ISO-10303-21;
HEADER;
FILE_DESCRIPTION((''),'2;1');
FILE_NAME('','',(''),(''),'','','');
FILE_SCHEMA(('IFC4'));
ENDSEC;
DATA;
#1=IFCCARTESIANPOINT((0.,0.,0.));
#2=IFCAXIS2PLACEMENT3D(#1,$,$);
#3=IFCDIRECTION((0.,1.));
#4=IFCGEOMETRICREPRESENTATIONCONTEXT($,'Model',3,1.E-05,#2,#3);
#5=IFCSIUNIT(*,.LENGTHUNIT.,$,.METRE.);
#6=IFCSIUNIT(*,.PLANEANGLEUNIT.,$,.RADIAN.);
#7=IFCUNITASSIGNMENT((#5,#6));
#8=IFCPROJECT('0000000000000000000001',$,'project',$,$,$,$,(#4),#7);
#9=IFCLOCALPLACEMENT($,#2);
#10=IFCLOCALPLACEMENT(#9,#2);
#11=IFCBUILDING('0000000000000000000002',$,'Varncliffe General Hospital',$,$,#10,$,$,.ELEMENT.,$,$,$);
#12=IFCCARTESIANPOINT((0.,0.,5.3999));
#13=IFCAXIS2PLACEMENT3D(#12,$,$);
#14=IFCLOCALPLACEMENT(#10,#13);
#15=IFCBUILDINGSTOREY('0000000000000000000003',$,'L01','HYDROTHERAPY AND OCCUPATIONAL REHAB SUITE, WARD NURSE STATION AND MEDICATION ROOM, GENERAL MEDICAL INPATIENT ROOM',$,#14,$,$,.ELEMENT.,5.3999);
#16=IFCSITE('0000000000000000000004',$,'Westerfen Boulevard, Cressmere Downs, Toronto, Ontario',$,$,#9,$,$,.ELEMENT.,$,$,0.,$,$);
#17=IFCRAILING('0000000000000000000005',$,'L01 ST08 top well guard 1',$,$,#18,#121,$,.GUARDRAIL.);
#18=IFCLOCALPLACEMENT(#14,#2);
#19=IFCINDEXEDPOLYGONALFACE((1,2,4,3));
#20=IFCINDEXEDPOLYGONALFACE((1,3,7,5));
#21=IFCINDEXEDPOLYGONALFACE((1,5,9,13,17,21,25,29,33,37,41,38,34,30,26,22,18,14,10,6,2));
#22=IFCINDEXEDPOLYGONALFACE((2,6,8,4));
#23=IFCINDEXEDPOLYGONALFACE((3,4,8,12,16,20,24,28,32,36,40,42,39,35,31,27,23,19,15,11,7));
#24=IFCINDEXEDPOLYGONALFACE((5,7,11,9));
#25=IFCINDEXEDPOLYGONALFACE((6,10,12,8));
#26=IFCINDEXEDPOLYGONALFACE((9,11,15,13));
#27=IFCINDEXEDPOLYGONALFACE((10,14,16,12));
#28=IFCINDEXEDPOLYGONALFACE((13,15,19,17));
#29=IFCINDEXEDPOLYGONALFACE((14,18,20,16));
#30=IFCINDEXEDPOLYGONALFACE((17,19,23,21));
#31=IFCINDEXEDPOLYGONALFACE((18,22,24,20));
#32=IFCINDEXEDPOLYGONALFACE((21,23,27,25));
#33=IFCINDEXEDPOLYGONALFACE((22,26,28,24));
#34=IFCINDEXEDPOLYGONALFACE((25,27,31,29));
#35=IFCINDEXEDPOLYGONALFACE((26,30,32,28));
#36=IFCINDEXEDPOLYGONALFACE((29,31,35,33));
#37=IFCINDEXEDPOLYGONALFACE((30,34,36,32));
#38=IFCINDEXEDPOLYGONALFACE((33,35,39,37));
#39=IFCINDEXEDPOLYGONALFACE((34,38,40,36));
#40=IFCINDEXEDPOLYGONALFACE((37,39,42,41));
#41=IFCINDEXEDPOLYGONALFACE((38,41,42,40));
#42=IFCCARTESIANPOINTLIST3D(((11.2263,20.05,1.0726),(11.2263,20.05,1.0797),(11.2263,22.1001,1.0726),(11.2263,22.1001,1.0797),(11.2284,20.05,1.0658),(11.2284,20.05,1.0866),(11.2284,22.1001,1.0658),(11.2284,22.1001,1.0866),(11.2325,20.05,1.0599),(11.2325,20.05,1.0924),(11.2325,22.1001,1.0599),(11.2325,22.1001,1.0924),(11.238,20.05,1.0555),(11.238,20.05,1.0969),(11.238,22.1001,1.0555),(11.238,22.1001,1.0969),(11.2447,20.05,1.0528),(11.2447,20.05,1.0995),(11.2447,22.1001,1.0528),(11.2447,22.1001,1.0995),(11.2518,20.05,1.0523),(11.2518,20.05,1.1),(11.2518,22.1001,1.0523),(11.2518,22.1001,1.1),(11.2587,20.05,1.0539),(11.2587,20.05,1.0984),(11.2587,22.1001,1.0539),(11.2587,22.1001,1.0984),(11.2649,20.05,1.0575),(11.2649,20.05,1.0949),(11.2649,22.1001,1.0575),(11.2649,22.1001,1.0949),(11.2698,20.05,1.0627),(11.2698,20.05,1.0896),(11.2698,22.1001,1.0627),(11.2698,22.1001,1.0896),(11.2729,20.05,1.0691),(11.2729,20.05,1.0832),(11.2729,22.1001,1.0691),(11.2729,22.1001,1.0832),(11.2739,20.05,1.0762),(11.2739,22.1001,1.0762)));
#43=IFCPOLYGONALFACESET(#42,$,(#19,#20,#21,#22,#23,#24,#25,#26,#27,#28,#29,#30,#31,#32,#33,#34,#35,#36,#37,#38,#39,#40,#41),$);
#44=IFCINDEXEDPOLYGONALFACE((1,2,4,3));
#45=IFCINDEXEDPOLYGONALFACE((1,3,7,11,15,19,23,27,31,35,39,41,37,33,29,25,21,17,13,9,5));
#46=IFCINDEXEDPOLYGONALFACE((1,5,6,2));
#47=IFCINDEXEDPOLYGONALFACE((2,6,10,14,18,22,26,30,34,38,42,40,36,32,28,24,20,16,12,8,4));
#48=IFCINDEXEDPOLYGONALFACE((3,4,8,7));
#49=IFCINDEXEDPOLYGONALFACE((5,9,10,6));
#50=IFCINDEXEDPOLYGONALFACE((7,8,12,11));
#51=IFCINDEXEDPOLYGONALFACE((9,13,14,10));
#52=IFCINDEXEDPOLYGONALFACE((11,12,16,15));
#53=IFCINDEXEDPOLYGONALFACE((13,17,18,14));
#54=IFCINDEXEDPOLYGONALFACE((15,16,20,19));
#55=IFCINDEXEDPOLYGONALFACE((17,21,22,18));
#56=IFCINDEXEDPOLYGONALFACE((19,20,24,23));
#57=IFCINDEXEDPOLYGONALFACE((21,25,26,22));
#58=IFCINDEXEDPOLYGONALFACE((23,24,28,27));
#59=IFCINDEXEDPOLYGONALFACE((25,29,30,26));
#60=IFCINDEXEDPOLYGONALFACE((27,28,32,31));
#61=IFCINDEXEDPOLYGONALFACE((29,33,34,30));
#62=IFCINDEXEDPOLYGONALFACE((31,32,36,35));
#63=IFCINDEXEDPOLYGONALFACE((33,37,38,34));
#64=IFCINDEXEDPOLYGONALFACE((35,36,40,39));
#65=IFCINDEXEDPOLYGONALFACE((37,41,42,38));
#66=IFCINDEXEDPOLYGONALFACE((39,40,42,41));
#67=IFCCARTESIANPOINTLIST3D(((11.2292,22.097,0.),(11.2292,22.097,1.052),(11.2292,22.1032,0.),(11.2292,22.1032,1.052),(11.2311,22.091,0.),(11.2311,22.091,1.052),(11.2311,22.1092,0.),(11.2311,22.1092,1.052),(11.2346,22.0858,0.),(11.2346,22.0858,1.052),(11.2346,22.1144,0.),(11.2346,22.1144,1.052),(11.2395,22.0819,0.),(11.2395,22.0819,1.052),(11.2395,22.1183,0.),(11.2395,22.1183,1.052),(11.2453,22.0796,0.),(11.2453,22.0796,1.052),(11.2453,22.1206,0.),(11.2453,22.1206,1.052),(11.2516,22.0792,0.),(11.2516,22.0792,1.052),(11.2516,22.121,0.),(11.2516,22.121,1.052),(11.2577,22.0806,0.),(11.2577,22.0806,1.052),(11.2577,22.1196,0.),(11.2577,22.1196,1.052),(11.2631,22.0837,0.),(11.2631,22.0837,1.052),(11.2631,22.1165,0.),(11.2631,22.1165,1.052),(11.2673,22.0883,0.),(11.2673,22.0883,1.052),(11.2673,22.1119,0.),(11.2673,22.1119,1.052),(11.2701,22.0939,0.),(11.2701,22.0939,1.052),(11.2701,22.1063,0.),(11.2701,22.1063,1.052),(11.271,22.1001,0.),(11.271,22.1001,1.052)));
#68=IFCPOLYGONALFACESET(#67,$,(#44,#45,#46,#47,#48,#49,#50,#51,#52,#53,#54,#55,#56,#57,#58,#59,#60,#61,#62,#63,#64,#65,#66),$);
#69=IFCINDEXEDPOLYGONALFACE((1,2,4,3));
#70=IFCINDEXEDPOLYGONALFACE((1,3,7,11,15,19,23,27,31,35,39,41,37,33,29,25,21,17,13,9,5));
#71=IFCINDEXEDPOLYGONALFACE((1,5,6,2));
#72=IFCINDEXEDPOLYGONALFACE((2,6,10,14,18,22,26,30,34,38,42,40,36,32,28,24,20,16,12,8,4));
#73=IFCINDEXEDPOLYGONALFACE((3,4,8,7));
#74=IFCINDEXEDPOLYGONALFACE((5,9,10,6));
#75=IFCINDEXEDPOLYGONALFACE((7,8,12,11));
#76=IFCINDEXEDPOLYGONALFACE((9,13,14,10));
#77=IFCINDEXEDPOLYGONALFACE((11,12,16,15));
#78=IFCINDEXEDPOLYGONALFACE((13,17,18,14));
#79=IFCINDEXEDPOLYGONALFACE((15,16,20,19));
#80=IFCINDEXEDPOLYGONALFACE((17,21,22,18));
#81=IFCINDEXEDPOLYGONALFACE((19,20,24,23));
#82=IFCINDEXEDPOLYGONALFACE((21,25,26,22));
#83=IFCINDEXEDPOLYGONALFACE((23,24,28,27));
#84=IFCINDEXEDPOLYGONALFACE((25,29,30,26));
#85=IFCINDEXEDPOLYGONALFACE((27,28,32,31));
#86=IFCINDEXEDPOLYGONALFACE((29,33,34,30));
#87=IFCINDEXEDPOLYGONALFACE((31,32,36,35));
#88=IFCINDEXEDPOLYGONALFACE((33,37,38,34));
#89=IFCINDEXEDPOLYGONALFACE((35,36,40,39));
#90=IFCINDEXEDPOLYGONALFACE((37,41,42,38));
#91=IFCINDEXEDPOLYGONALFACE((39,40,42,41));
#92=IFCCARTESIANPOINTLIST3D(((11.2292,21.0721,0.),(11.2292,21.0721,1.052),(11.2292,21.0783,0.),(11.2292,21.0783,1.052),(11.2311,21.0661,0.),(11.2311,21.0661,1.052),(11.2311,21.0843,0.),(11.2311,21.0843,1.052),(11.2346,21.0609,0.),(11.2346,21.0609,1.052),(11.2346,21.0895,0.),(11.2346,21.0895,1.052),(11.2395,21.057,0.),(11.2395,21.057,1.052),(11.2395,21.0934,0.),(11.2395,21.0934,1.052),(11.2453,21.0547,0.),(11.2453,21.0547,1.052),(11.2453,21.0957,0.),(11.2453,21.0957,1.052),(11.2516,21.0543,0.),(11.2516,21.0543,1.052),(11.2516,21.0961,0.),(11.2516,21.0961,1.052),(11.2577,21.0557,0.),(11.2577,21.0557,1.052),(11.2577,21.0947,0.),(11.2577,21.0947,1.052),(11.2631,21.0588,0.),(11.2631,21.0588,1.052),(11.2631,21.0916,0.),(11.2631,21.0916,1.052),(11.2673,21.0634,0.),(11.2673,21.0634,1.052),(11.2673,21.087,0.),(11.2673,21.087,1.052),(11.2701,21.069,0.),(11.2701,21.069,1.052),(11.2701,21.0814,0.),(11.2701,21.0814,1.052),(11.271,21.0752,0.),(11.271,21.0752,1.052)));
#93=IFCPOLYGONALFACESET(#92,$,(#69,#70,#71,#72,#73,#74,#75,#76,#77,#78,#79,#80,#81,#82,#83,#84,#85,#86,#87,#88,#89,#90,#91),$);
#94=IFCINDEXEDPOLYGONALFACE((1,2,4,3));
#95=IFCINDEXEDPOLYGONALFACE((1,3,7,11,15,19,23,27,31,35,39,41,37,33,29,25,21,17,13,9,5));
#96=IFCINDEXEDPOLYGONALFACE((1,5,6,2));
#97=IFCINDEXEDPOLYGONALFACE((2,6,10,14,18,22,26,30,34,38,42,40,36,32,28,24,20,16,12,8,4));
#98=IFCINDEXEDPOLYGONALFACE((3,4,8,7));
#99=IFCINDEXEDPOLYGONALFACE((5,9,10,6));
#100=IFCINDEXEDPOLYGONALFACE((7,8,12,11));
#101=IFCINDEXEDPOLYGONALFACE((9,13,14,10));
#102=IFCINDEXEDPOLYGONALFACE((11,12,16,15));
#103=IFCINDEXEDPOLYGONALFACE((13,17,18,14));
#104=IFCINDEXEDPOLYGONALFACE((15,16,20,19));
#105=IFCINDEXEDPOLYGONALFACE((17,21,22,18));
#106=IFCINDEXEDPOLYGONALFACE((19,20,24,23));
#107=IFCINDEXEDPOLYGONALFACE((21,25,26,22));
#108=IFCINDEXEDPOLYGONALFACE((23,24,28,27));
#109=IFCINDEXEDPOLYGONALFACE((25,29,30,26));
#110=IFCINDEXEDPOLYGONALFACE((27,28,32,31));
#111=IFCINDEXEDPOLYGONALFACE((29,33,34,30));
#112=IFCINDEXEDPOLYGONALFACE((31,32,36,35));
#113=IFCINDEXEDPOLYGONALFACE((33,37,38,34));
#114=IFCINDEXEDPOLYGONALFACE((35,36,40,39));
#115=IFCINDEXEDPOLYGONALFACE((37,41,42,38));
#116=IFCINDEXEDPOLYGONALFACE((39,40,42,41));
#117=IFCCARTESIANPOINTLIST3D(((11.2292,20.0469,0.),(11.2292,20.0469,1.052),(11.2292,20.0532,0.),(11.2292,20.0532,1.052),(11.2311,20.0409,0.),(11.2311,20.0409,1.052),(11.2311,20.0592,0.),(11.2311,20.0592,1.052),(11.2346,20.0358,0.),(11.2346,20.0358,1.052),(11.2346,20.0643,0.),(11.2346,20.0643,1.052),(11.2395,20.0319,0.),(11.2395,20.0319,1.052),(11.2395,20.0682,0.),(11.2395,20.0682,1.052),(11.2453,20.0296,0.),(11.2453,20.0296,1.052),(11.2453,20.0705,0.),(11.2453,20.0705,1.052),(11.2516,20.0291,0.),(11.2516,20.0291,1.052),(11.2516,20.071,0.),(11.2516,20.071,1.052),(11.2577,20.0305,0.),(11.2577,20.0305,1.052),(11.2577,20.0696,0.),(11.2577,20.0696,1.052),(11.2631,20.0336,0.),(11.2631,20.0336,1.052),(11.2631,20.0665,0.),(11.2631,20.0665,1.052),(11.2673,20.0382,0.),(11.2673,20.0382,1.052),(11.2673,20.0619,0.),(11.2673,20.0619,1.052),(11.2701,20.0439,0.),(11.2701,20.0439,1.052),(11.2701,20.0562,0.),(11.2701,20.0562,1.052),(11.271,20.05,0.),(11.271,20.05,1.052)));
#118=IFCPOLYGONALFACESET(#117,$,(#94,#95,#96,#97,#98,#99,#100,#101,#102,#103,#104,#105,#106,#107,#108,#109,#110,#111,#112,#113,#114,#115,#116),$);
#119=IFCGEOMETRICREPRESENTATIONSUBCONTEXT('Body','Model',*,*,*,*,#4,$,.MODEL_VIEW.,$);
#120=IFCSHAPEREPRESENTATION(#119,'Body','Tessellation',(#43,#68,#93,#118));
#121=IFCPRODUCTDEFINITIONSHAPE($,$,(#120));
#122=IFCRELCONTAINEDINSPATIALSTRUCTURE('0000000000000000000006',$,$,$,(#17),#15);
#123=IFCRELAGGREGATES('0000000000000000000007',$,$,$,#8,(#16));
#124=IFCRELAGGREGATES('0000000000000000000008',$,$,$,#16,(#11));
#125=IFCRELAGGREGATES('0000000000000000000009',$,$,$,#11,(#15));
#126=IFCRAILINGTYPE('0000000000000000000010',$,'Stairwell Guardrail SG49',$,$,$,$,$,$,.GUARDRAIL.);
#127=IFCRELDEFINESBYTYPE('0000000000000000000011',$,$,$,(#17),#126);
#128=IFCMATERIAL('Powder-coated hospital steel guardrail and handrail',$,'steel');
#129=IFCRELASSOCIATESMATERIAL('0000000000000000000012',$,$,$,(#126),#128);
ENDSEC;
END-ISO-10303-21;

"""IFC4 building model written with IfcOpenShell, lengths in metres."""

from ifc_helpers import new_model, si_unit, direction, frame, origin, origin_2d, place, context, subcontext, project, spatial, circle, extrude, material, type_object, element, save


model = new_model("IFC4")

# Units and contexts
model_context = context("Model", 3, precision=1e-05, world=origin(), true_north=direction((0.0, 1.0)))
body_context = subcontext(model_context, "Body", "Model", "MODEL_VIEW")
ifc_project = project(units=[si_unit("LENGTHUNIT", "METRE"), si_unit("PLANEANGLEUNIT", "RADIAN")], contexts=[model_context])

# Site, building, storey
site_placement = place(None, origin())
site = spatial("IfcSite", under=ifc_project, at=site_placement, Name="Westerfen Boulevard, Cressmere Downs, Toronto, Ontario", CompositionType="ELEMENT", RefElevation=0.0)
building_placement = place(site_placement, origin())
building = spatial("IfcBuilding", under=site, at=building_placement, Name="Varncliffe General Hospital", CompositionType="ELEMENT")
storey_placement = place(building_placement, frame((0.0, 0.0, 5.3999)))
storey = spatial("IfcBuildingStorey", under=building, at=storey_placement, Name="L01", Description="HYDROTHERAPY AND OCCUPATIONAL REHAB SUITE, WARD NURSE STATION AND MEDICATION ROOM, GENERAL MEDICAL INPATIENT ROOM", CompositionType="ELEMENT", Elevation=5.3999)

# Railing
ifc_material_1 = material(Name="Powder-coated hospital steel guardrail and handrail", Category="steel")
railing_type = type_object("IfcRailingType", Name="Stairwell Guardrail SG49", PredefinedType="GUARDRAIL", material=ifc_material_1)
railing_placement = place(storey_placement, frame((11.25, 22.1001, 0.0)))
element("IfcRailing", 1, at=railing_placement, inside=storey, type_object=railing_type, Name="L01 ST08 top well guard 1", PredefinedType="GUARDRAIL", context=body_context, shape_type="SweptSolid", body=[
    extrude(circle(Radius=0.0239, at=origin_2d()), frame((0.0, 0.0, 1.0762), z_axis=(0.0, -1.0, 0.0), x_axis=(1.0, 0.0, 0.0)), (0.0, 0.0, 1.0), 2.05),
    extrude(circle(Radius=0.021, at=origin_2d()), origin(), (0.0, 0.0, 1.0), 1.052),
    extrude(circle(Radius=0.021, at=origin_2d()), frame((0.0, -1.0249, 0.0)), (0.0, 0.0, 1.0), 1.052),
    extrude(circle(Radius=0.021, at=origin_2d()), frame((0.0, -2.05, 0.0)), (0.0, 0.0, 1.0), 1.052),
])

save(model, "model.ifc")
